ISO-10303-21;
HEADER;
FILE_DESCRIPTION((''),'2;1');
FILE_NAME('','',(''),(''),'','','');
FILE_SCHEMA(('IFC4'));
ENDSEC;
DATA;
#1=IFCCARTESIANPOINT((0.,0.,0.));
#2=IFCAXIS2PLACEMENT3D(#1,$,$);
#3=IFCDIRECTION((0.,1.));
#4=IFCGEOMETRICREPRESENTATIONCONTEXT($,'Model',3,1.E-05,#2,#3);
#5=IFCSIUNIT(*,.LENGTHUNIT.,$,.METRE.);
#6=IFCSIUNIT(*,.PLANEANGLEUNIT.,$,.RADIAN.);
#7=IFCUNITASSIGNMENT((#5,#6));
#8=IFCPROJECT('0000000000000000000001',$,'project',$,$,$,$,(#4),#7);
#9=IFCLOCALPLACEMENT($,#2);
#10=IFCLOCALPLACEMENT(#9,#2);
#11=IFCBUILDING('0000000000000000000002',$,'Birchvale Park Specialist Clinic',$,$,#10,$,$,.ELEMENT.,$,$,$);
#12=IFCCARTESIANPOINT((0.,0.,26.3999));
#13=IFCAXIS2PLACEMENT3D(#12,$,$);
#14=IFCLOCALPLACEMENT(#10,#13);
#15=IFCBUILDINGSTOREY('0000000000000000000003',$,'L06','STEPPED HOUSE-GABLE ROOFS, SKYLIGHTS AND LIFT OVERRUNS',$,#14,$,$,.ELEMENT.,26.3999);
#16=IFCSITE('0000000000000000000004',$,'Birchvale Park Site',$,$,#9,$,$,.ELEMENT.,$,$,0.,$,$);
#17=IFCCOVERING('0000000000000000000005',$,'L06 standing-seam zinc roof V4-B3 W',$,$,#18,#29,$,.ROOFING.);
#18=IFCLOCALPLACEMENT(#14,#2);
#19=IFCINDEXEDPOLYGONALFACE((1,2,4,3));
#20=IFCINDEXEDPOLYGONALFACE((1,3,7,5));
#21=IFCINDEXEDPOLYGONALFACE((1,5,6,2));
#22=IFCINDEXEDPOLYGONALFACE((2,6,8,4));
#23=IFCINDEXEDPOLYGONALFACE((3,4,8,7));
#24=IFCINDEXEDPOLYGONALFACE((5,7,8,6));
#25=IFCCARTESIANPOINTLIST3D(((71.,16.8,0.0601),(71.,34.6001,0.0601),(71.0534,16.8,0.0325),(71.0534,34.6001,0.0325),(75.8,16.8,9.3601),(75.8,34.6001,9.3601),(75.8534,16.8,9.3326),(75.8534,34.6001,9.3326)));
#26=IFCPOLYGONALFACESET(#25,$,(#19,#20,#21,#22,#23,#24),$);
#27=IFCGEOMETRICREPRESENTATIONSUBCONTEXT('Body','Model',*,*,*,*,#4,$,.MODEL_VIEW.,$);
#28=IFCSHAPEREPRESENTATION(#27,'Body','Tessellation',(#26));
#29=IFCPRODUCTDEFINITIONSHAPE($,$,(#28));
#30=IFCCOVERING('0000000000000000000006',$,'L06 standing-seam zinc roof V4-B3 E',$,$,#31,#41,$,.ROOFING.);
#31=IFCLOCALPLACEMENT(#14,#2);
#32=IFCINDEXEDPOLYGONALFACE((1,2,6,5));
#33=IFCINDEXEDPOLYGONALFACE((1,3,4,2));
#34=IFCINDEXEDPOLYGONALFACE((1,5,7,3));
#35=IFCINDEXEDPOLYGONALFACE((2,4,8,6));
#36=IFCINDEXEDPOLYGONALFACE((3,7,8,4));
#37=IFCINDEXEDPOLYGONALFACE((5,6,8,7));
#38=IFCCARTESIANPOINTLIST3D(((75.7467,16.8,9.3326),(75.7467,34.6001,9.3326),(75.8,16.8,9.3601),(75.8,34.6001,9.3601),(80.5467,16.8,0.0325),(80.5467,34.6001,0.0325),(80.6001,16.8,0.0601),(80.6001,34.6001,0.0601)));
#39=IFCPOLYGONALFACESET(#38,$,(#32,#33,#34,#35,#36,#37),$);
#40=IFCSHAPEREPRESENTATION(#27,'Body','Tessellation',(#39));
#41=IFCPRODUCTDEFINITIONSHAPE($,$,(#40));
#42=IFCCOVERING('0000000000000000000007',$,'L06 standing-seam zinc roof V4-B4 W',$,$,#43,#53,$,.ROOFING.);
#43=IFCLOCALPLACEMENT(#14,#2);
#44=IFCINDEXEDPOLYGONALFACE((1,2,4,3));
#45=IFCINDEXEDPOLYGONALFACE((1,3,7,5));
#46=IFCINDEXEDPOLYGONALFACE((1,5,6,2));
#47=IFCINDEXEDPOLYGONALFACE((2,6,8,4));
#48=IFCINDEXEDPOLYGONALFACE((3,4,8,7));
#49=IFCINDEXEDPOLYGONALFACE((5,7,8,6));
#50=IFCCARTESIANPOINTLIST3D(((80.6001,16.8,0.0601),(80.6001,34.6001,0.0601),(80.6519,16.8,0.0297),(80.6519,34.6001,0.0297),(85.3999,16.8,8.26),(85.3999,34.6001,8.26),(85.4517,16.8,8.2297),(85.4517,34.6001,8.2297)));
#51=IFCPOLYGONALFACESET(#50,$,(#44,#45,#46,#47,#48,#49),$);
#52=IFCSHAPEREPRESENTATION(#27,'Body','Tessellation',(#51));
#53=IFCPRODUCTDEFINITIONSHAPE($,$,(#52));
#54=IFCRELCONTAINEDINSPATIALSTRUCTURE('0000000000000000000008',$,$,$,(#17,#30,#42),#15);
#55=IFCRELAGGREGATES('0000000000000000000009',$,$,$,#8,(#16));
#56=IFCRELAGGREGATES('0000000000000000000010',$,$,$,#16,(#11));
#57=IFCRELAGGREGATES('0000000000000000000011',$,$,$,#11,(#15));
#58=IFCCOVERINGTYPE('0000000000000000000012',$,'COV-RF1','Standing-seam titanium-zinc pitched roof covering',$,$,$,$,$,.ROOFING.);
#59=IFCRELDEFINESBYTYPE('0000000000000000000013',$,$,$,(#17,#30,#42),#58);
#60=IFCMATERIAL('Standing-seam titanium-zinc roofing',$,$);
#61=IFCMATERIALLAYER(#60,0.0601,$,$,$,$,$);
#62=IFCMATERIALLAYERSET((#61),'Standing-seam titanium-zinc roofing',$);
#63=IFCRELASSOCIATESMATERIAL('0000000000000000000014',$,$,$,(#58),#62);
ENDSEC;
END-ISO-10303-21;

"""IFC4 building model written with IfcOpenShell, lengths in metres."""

from ifc_helpers import new_model, si_unit, direction, frame, origin, place, context, subcontext, project, spatial, polyline, outline, extrude, material, layer, layer_set, type_object, element, save


model = new_model("IFC4")

# Units and contexts
model_context = context("Model", 3, precision=1e-05, world=origin(), true_north=direction((0.0, 1.0)))
body_context = subcontext(model_context, "Body", "Model", "MODEL_VIEW")
ifc_project = project(units=[si_unit("LENGTHUNIT", "METRE"), si_unit("PLANEANGLEUNIT", "RADIAN")], contexts=[model_context])

# Site, building, storey
site_placement = place(None, origin())
site = spatial("IfcSite", under=ifc_project, at=site_placement, Name="Birchvale Park Site", CompositionType="ELEMENT", RefElevation=0.0)
building_placement = place(site_placement, origin())
building = spatial("IfcBuilding", under=site, at=building_placement, Name="Birchvale Park Specialist Clinic", CompositionType="ELEMENT")
storey_placement = place(building_placement, frame((0.0, 0.0, 26.3999)))
storey = spatial("IfcBuildingStorey", under=building, at=storey_placement, Name="L06", Description="STEPPED HOUSE-GABLE ROOFS, SKYLIGHTS AND LIFT OVERRUNS", CompositionType="ELEMENT", Elevation=26.3999)

# Shared definitions
ifc_material_1 = material(Name="Standing-seam titanium-zinc roofing")

# Coverings
ifc_layer_1 = layer(ifc_material_1, 0.0601)
ifc_layer_set_1 = layer_set([ifc_layer_1], Name="Standing-seam titanium-zinc roofing")
covering_type = type_object("IfcCoveringType", Name="COV-RF1", Description="Standing-seam titanium-zinc pitched roof covering", PredefinedType="ROOFING", material=ifc_layer_set_1)
for number, where, z_axis, x_axis, name in (
    (1, (71.0, 16.8, 0.0601), (-0.88862, 0.0, 0.458645), (0.458645, 0.0, 0.88862), "L06 standing-seam zinc roof V4-B3 W"),
    (2, (75.8, 16.8, 9.3601), (0.88862, 0.0, 0.458645), (0.458645, 0.0, -0.88862), "L06 standing-seam zinc roof V4-B3 E"),
):
    element("IfcCovering", number, at=place(storey_placement, frame(where, z_axis=z_axis, x_axis=x_axis)), inside=storey, type_object=covering_type, Name=name, PredefinedType="ROOFING", context=body_context, shape_type="SweptSolid", body=[
        extrude(outline(polyline([(0.0, 0.0), (10.4657, 0.0), (10.4657, 17.8), (0.0, 17.8), (0.0, 0.0)])), origin(), (0.0, 0.0, -1.0), 0.0601),
    ])
covering_placement = place(storey_placement, frame((80.6001, 16.8, 0.0601), z_axis=(-0.863022, 0.0, 0.505166), x_axis=(0.505166, 0.0, 0.863022)))
element("IfcCovering", 3, at=covering_placement, inside=storey, type_object=covering_type, Name="L06 standing-seam zinc roof V4-B4 W", PredefinedType="ROOFING", context=body_context, shape_type="SweptSolid", body=[
    extrude(outline(polyline([(0.0, 0.0), (9.5014, 0.0), (9.5014, 17.8), (0.0, 17.8), (0.0, 0.0)])), origin(), (0.0, 0.0, -1.0), 0.0601),
])

save(model, "model.ifc")
